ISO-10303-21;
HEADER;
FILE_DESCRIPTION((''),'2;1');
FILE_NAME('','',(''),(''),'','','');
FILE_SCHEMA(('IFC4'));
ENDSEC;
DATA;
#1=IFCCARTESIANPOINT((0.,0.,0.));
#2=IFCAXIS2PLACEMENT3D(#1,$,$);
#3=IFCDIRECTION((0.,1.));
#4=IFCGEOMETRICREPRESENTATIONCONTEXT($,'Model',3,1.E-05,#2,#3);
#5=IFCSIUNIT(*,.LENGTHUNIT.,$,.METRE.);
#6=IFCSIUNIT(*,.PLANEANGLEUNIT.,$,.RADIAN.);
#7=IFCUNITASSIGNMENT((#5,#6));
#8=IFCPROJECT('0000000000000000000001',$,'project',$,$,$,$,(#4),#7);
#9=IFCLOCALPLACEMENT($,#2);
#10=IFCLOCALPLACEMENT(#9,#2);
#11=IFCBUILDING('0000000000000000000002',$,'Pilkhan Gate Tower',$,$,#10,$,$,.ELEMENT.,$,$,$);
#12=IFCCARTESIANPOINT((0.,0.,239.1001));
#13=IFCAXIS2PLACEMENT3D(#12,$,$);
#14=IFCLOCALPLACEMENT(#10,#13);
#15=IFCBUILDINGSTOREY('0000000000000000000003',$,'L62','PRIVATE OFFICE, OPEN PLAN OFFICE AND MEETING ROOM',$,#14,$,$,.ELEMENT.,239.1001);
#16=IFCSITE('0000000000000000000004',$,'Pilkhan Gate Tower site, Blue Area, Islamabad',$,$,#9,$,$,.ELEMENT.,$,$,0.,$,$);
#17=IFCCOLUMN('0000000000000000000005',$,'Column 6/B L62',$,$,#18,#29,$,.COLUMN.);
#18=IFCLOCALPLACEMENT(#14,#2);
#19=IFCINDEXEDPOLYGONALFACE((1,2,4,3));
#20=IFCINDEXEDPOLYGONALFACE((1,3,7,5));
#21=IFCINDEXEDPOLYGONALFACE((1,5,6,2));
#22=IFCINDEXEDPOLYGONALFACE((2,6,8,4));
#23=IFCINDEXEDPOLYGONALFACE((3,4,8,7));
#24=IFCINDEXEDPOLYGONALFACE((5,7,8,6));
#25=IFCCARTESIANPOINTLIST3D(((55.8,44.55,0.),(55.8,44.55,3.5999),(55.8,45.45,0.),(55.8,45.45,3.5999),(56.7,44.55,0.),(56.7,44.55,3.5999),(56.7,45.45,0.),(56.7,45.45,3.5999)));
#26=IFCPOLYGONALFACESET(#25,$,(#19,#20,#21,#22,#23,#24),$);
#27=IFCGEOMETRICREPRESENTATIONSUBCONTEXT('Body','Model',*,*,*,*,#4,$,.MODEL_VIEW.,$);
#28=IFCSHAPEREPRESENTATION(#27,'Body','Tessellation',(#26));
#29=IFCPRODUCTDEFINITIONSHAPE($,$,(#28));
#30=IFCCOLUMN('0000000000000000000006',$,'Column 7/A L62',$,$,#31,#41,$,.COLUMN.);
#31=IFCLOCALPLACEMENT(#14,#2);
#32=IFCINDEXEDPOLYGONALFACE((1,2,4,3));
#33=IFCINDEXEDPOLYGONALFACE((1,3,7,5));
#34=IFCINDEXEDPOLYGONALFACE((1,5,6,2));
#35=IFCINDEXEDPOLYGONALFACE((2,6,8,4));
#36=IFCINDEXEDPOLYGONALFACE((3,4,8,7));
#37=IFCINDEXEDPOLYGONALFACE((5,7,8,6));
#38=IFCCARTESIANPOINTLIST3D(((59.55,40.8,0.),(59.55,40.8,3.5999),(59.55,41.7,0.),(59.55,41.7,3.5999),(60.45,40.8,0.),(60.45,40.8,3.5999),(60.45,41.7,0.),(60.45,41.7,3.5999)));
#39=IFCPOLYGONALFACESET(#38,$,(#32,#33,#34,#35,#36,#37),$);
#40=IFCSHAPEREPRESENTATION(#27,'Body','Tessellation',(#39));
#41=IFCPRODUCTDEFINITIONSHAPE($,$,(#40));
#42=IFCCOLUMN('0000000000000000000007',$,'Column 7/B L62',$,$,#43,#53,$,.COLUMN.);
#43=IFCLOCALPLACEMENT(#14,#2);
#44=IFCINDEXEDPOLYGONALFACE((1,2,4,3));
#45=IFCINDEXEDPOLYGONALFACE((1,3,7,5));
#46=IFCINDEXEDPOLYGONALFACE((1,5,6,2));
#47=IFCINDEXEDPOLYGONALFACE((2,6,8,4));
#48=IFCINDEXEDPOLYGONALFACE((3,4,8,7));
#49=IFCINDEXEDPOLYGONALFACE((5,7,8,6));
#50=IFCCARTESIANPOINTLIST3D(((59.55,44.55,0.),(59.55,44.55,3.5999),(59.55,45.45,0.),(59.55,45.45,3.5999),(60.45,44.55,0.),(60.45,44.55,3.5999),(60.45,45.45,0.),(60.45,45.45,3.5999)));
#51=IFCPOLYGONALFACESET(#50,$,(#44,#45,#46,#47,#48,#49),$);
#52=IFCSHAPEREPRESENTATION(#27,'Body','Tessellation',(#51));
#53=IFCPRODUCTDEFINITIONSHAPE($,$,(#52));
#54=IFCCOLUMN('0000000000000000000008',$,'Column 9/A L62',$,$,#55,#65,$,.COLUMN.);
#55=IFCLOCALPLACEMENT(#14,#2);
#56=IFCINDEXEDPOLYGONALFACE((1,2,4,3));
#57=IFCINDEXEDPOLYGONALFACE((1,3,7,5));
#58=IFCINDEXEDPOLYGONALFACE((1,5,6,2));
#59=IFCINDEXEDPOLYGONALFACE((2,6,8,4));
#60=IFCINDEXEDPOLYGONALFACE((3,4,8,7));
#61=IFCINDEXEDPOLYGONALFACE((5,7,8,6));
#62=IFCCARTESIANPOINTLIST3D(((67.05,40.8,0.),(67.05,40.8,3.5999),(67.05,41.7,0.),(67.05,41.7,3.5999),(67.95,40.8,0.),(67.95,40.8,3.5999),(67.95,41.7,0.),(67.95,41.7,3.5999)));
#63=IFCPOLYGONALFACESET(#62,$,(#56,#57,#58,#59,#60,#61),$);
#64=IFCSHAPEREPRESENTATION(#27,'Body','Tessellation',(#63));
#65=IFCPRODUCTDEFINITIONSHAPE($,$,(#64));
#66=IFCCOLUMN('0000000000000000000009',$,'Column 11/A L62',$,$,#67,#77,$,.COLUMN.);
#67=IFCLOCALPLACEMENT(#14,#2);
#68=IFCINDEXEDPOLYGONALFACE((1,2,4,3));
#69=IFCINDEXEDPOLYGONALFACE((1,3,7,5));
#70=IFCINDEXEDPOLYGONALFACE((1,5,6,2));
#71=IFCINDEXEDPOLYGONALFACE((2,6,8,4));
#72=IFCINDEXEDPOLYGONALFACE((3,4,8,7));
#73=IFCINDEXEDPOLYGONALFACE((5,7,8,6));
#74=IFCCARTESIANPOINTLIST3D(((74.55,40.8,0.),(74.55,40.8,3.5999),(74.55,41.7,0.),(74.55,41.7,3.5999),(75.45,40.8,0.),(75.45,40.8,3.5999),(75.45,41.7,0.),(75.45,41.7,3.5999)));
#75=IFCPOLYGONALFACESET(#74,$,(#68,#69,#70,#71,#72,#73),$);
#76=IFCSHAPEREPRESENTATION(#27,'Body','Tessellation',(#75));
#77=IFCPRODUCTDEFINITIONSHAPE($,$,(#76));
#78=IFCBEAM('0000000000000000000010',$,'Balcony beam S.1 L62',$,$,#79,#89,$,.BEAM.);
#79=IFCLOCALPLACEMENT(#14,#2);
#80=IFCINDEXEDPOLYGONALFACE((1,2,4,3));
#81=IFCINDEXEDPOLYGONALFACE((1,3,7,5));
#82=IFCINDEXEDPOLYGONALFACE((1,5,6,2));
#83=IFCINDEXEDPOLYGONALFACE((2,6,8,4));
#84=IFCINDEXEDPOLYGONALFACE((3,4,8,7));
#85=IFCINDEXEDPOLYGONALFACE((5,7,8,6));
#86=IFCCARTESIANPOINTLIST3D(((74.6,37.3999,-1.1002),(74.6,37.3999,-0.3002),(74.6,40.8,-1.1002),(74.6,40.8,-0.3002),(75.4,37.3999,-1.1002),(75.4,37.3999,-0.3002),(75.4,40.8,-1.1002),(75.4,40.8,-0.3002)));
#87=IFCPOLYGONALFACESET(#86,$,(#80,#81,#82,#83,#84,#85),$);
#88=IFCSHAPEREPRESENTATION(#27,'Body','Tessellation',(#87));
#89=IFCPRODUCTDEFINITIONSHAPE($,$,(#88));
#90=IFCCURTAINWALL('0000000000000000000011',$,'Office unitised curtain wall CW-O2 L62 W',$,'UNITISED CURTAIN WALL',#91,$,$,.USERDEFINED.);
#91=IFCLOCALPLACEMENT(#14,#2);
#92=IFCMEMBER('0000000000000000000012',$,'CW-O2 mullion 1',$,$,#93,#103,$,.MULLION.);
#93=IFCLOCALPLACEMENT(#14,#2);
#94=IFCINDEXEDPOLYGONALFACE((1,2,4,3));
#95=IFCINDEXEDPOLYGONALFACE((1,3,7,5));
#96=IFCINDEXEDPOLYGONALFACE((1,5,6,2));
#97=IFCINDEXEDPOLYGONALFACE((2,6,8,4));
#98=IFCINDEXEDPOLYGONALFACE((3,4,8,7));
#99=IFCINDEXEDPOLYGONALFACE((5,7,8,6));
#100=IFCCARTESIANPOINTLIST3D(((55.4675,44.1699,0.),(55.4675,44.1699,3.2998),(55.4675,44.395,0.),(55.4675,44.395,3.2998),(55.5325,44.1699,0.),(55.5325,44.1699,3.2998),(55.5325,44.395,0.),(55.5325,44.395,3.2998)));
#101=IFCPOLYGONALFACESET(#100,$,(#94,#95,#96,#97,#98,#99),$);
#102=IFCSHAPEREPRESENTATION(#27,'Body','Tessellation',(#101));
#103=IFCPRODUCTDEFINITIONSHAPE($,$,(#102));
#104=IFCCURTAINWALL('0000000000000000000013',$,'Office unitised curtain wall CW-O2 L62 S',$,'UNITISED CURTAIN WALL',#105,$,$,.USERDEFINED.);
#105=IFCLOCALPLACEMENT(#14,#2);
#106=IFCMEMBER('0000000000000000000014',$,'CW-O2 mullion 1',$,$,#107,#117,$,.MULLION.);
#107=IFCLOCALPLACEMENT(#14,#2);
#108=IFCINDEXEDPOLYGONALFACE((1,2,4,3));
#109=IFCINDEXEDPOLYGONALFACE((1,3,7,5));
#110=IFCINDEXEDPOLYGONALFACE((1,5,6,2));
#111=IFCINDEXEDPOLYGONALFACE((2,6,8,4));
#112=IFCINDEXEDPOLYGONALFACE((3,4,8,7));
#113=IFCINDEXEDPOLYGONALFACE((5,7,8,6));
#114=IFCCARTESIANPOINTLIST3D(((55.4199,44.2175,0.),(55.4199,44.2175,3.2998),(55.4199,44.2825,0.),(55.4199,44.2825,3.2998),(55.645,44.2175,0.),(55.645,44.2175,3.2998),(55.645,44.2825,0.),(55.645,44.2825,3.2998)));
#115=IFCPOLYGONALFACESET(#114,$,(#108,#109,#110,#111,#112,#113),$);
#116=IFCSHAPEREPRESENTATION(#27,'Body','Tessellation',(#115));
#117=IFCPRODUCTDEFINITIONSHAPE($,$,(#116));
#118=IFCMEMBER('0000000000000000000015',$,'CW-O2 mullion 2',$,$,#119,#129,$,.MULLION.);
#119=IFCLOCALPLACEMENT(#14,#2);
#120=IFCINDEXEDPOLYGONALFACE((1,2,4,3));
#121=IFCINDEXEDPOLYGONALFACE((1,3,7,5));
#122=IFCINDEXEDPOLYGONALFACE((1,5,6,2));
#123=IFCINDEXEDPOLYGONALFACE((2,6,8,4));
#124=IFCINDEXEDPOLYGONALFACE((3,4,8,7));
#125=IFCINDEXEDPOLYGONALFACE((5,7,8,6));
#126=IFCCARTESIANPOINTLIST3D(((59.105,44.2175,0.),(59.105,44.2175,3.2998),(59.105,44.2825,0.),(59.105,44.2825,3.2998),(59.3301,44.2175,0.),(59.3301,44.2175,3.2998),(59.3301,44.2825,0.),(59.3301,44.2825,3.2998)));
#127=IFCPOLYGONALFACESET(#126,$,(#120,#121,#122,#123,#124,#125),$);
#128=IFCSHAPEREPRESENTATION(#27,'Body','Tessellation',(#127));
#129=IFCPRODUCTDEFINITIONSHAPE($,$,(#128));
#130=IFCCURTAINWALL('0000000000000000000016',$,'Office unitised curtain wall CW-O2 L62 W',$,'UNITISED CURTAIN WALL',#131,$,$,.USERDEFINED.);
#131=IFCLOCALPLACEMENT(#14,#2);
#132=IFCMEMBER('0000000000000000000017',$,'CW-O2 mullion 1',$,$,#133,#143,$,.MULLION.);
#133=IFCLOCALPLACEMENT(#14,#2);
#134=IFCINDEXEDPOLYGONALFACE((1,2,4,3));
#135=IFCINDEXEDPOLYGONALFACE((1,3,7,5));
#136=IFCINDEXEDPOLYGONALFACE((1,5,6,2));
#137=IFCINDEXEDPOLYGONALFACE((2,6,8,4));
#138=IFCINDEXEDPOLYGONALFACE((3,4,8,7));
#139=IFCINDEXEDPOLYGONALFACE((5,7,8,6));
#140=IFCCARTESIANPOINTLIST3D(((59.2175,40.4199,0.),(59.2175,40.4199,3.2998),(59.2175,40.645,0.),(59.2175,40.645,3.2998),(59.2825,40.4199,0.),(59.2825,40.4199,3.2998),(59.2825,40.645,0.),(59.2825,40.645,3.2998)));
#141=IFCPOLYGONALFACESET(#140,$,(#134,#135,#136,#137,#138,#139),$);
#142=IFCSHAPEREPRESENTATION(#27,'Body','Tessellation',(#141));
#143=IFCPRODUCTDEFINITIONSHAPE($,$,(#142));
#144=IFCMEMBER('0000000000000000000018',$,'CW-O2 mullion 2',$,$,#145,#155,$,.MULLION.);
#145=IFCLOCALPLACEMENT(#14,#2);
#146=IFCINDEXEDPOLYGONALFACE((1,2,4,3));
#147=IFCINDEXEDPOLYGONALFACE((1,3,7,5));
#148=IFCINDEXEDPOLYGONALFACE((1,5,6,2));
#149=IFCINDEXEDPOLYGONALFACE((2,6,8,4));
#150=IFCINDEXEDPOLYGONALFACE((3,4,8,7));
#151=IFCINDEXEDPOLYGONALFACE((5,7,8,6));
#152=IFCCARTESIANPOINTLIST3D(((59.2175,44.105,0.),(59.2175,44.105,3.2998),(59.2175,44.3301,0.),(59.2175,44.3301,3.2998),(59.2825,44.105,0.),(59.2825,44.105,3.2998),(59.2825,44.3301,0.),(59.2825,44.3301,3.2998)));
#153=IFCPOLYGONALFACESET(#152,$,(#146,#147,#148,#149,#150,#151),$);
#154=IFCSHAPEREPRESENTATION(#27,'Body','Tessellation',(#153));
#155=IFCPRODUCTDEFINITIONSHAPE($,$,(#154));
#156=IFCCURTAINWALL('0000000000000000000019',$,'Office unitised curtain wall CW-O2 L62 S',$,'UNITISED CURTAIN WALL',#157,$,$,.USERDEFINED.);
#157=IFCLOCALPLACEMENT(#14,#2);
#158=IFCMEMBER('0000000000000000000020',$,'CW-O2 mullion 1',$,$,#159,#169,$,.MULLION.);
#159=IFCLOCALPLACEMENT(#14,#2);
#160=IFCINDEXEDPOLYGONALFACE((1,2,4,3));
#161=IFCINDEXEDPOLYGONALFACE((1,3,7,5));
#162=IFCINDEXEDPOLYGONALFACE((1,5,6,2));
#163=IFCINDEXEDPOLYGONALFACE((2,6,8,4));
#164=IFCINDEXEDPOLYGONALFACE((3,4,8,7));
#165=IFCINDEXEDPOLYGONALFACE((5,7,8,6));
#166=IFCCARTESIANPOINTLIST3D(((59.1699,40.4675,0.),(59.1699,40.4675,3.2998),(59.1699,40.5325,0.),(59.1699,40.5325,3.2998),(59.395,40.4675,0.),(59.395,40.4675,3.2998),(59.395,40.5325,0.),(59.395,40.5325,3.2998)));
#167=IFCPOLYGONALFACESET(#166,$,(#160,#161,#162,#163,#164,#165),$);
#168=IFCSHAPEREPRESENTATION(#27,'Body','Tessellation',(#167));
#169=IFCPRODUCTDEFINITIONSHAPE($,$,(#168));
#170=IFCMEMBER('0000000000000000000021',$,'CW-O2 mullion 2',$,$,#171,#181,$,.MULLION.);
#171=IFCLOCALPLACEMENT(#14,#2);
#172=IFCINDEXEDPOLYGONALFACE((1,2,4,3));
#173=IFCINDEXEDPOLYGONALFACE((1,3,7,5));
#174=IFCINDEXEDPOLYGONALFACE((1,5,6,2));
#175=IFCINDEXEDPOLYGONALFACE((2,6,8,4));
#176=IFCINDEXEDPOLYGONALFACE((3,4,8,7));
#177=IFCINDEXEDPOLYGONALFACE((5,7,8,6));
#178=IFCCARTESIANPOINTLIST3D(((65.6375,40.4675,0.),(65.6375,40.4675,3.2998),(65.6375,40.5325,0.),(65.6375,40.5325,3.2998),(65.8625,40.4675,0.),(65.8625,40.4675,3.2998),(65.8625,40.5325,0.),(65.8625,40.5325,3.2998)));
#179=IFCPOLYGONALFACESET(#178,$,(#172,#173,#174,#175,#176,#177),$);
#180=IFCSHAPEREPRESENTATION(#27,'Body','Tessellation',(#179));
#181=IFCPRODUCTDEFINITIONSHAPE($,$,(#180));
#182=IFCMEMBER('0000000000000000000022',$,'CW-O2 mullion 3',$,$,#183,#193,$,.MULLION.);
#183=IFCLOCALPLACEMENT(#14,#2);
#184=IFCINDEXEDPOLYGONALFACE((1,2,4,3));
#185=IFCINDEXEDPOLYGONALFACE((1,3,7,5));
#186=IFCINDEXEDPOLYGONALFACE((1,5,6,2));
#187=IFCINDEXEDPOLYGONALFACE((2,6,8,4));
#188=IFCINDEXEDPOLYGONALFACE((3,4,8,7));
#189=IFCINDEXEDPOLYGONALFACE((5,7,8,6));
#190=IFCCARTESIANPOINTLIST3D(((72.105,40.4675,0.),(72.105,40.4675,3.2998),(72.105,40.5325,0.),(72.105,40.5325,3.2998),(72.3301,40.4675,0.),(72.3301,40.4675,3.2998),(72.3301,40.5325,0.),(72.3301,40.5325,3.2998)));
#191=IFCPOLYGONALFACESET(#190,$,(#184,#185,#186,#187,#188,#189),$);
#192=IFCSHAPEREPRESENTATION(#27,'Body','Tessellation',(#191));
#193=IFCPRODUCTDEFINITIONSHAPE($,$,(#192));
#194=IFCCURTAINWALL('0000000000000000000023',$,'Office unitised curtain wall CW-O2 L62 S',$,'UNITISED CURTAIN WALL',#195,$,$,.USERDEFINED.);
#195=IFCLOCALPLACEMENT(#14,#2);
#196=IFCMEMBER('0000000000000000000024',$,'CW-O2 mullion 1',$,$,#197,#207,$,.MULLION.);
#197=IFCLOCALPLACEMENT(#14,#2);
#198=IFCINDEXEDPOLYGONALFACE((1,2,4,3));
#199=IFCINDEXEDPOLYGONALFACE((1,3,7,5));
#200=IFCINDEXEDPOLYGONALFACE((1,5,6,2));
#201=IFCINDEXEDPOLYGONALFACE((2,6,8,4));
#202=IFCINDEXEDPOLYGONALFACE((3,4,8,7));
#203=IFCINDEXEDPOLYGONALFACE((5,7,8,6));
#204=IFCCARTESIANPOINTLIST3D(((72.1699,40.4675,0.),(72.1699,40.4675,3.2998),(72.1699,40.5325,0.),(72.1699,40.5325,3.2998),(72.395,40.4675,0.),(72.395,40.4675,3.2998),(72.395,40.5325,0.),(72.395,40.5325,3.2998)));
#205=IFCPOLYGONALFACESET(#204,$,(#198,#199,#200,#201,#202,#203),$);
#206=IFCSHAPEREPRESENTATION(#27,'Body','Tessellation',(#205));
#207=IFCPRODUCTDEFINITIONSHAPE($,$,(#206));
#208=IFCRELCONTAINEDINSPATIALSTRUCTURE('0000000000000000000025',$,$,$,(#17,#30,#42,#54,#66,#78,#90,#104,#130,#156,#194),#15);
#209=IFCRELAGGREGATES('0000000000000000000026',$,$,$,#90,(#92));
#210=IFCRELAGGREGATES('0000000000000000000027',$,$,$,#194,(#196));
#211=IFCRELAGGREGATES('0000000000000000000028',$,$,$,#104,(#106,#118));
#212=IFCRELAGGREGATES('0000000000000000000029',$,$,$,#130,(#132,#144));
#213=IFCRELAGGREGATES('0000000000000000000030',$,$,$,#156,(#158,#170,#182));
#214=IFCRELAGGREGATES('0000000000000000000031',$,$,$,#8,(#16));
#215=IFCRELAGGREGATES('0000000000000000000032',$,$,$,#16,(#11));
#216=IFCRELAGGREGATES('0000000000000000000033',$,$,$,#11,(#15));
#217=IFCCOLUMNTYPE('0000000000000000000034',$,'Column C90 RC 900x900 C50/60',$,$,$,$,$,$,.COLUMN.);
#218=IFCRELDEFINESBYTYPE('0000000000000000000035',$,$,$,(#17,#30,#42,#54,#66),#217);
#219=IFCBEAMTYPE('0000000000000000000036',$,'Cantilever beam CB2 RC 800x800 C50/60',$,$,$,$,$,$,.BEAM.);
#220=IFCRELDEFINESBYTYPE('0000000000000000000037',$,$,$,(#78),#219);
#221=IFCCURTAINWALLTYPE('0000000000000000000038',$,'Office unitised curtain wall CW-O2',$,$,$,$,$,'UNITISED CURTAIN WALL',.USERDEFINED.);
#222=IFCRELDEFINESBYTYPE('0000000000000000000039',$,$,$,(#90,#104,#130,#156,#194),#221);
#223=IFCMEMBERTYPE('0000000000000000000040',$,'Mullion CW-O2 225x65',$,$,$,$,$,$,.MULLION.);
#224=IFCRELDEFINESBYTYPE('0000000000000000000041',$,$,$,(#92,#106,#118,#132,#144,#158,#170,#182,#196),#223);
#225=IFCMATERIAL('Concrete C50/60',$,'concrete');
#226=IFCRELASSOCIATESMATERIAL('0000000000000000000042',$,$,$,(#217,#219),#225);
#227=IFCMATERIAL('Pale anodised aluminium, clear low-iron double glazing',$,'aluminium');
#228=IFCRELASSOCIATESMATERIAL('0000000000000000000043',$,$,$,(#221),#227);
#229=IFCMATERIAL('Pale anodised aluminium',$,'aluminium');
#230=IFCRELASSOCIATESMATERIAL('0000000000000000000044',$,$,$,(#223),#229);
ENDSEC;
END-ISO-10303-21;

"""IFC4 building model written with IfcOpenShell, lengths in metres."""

from ifc_helpers import new_model, si_unit, direction, frame, origin, origin_2d, place, context, subcontext, project, spatial, rectangle, extrude, material, material_profile, profile_set, type_object, element, aggregate, save


model = new_model("IFC4")

# Units and contexts
model_context = context("Model", 3, precision=1e-05, world=origin(), true_north=direction((0.0, 1.0)))
body_context = subcontext(model_context, "Body", "Model", "MODEL_VIEW")
ifc_project = project(units=[si_unit("LENGTHUNIT", "METRE"), si_unit("PLANEANGLEUNIT", "RADIAN")], contexts=[model_context])

# Site, building, storey
site_placement = place(None, origin())
site = spatial("IfcSite", under=ifc_project, at=site_placement, Name="Pilkhan Gate Tower site, Blue Area, Islamabad", CompositionType="ELEMENT", RefElevation=0.0)
building_placement = place(site_placement, origin())
building = spatial("IfcBuilding", under=site, at=building_placement, Name="Pilkhan Gate Tower", CompositionType="ELEMENT")
storey_placement = place(building_placement, frame((0.0, 0.0, 239.1001)))
storey = spatial("IfcBuildingStorey", under=building, at=storey_placement, Name="L62", Description="PRIVATE OFFICE, OPEN PLAN OFFICE AND MEETING ROOM", CompositionType="ELEMENT", Elevation=239.1001)

# Columns
ifc_material_1 = material(Name="Concrete C50/60", Category="concrete")
ifc_material_profile_1 = material_profile(ifc_material_1, rectangle(XDim=0.8999, YDim=0.8999, at=origin_2d()), Name="RC 900x900")
ifc_profile_set_1 = profile_set([ifc_material_profile_1], Name="Concrete C50/60")
column_type = type_object("IfcColumnType", Name="Column C90 RC 900x900 C50/60", PredefinedType="COLUMN", material=ifc_profile_set_1)
for number, where, z_axis, x_axis, name in (
    (1, (56.25, 45.0, 0.0), (0.0, 0.0, 1.0), (1.0, 0.0, 0.0), "Column 6/B L62"),
    (2, (60.0, 41.25, 0.0), (0.0, 0.0, 1.0), (1.0, 0.0, 0.0), "Column 7/A L62"),
    (3, (60.0, 45.0, 0.0), (0.0, 0.0, 1.0), (1.0, 0.0, 0.0), "Column 7/B L62"),
    (4, (67.5, 41.25, 0.0), (0.0, 0.0, 1.0), (1.0, 0.0, 0.0), "Column 9/A L62"),
    (5, (75.0, 41.25, 0.0), (0.0, 0.0, 1.0), (1.0, 0.0, 0.0), "Column 11/A L62"),
):
    element("IfcColumn", number, at=place(storey_placement, frame(where, z_axis=z_axis, x_axis=x_axis)), inside=storey, type_object=column_type, Name=name, PredefinedType="COLUMN", context=body_context, shape_type="SweptSolid", body=[
        extrude(rectangle(XDim=0.8999, YDim=0.8999, at=origin_2d()), origin(), (0.0, 0.0, 1.0), 3.5999),
    ])

# Beam
ifc_material_profile_2 = material_profile(ifc_material_1, rectangle(XDim=0.8, YDim=0.8, at=origin_2d()), Name="RC 800x800")
ifc_profile_set_2 = profile_set([ifc_material_profile_2], Name="Concrete C50/60")
beam_type = type_object("IfcBeamType", Name="Cantilever beam CB2 RC 800x800 C50/60", PredefinedType="BEAM", material=ifc_profile_set_2)
beam_placement = place(storey_placement, frame((75.0, 40.8, -0.7002), z_axis=(0.0, -1.0, 0.0), x_axis=(1.0, 0.0, 0.0)))
element("IfcBeam", 6, at=beam_placement, inside=storey, type_object=beam_type, Name="Balcony beam S.1 L62", PredefinedType="BEAM", context=body_context, shape_type="SweptSolid", body=[
    extrude(rectangle(XDim=0.8, YDim=0.8, at=origin_2d()), origin(), (0.0, 0.0, 1.0), 3.4001),
])

# Curtain wall, member
ifc_material_2 = material(Name="Pale anodised aluminium, clear low-iron double glazing", Category="aluminium")
curtain_wall_type = type_object("IfcCurtainWallType", Name="Office unitised curtain wall CW-O2", ElementType="UNITISED CURTAIN WALL", PredefinedType="USERDEFINED", material=ifc_material_2)
curtain_wall_1_placement = place(storey_placement, origin())
curtain_wall_1 = element("IfcCurtainWall", 7, at=curtain_wall_1_placement, inside=storey, type_object=curtain_wall_type, Name="Office unitised curtain wall CW-O2 L62 W", ObjectType="UNITISED CURTAIN WALL", PredefinedType="USERDEFINED")
ifc_material_3 = material(Name="Pale anodised aluminium", Category="aluminium")
ifc_material_profile_3 = material_profile(ifc_material_3, rectangle(XDim=0.0649, YDim=0.2251, at=origin_2d()), Name="Mullion 225x65")
ifc_profile_set_3 = profile_set([ifc_material_profile_3], Name="Pale anodised aluminium")
member_type_1 = type_object("IfcMemberType", Name="Mullion CW-O2 225x65", PredefinedType="MULLION", material=ifc_profile_set_3)
member_1_placement = place(storey_placement, frame((55.5, 44.2825, 0.0), z_axis=(0.0, 0.0, 1.0), x_axis=(-1.0, 0.0, 0.0)))
member_1 = element("IfcMember", 8, at=member_1_placement, type_object=member_type_1, Name="CW-O2 mullion 1", PredefinedType="MULLION", context=body_context, shape_type="SweptSolid", body=[
    extrude(rectangle(XDim=0.0649, YDim=0.2251, at=origin_2d()), origin(), (0.0, 0.0, 1.0), 3.2998),
])

# Curtain walls, members
curtain_wall_2_placement = place(storey_placement, origin())
curtain_wall_2 = element("IfcCurtainWall", 9, at=curtain_wall_2_placement, inside=storey, type_object=curtain_wall_type, Name="Office unitised curtain wall CW-O2 L62 S", ObjectType="UNITISED CURTAIN WALL", PredefinedType="USERDEFINED")
member_2_placement = place(storey_placement, frame((55.5325, 44.25, 0.0), z_axis=(0.0, 0.0, 1.0), x_axis=(0.0, 1.0, 0.0)))
member_2 = element("IfcMember", 10, at=member_2_placement, type_object=member_type_1, Name="CW-O2 mullion 1", PredefinedType="MULLION", context=body_context, shape_type="SweptSolid", body=[
    extrude(rectangle(XDim=0.0649, YDim=0.2251, at=origin_2d()), origin(), (0.0, 0.0, 1.0), 3.2998),
])
member_3_placement = place(storey_placement, frame((59.2175, 44.25, 0.0), z_axis=(0.0, 0.0, 1.0), x_axis=(0.0, 1.0, 0.0)))
member_3 = element("IfcMember", 11, at=member_3_placement, type_object=member_type_1, Name="CW-O2 mullion 2", PredefinedType="MULLION", context=body_context, shape_type="SweptSolid", body=[
    extrude(rectangle(XDim=0.0649, YDim=0.2251, at=origin_2d()), origin(), (0.0, 0.0, 1.0), 3.2998),
])
curtain_wall_3_placement = place(storey_placement, origin())
curtain_wall_3 = element("IfcCurtainWall", 12, at=curtain_wall_3_placement, inside=storey, type_object=curtain_wall_type, Name="Office unitised curtain wall CW-O2 L62 W", ObjectType="UNITISED CURTAIN WALL", PredefinedType="USERDEFINED")
member_4_placement = place(storey_placement, frame((59.25, 40.5325, 0.0), z_axis=(0.0, 0.0, 1.0), x_axis=(-1.0, 0.0, 0.0)))
member_4 = element("IfcMember", 13, at=member_4_placement, type_object=member_type_1, Name="CW-O2 mullion 1", PredefinedType="MULLION", context=body_context, shape_type="SweptSolid", body=[
    extrude(rectangle(XDim=0.0649, YDim=0.2251, at=origin_2d()), origin(), (0.0, 0.0, 1.0), 3.2998),
])
member_5_placement = place(storey_placement, frame((59.25, 44.2175, 0.0), z_axis=(0.0, 0.0, 1.0), x_axis=(-1.0, 0.0, 0.0)))
member_5 = element("IfcMember", 14, at=member_5_placement, type_object=member_type_1, Name="CW-O2 mullion 2", PredefinedType="MULLION", context=body_context, shape_type="SweptSolid", body=[
    extrude(rectangle(XDim=0.0649, YDim=0.2251, at=origin_2d()), origin(), (0.0, 0.0, 1.0), 3.2998),
])
curtain_wall_4_placement = place(storey_placement, origin())
curtain_wall_4 = element("IfcCurtainWall", 15, at=curtain_wall_4_placement, inside=storey, type_object=curtain_wall_type, Name="Office unitised curtain wall CW-O2 L62 S", ObjectType="UNITISED CURTAIN WALL", PredefinedType="USERDEFINED")
member_6_placement = place(storey_placement, frame((59.2825, 40.5, 0.0), z_axis=(0.0, 0.0, 1.0), x_axis=(0.0, 1.0, 0.0)))
member_6 = element("IfcMember", 16, at=member_6_placement, type_object=member_type_1, Name="CW-O2 mullion 1", PredefinedType="MULLION", context=body_context, shape_type="SweptSolid", body=[
    extrude(rectangle(XDim=0.0649, YDim=0.2251, at=origin_2d()), origin(), (0.0, 0.0, 1.0), 3.2998),
])
member_7_placement = place(storey_placement, frame((65.75, 40.5, 0.0), z_axis=(0.0, 0.0, 1.0), x_axis=(0.0, 1.0, 0.0)))
member_7 = element("IfcMember", 17, at=member_7_placement, type_object=member_type_1, Name="CW-O2 mullion 2", PredefinedType="MULLION", context=body_context, shape_type="SweptSolid", body=[
    extrude(rectangle(XDim=0.0649, YDim=0.2251, at=origin_2d()), origin(), (0.0, 0.0, 1.0), 3.2998),
])
member_8_placement = place(storey_placement, frame((72.2175, 40.5, 0.0), z_axis=(0.0, 0.0, 1.0), x_axis=(0.0, 1.0, 0.0)))
member_8 = element("IfcMember", 18, at=member_8_placement, type_object=member_type_1, Name="CW-O2 mullion 3", PredefinedType="MULLION", context=body_context, shape_type="SweptSolid", body=[
    extrude(rectangle(XDim=0.0649, YDim=0.2251, at=origin_2d()), origin(), (0.0, 0.0, 1.0), 3.2998),
])

# Curtain wall, member
curtain_wall_5_placement = place(storey_placement, origin())
curtain_wall_5 = element("IfcCurtainWall", 19, at=curtain_wall_5_placement, inside=storey, type_object=curtain_wall_type, Name="Office unitised curtain wall CW-O2 L62 S", ObjectType="UNITISED CURTAIN WALL", PredefinedType="USERDEFINED")
member_9_placement = place(storey_placement, frame((72.2825, 40.5, 0.0), z_axis=(0.0, 0.0, 1.0), x_axis=(0.0, 1.0, 0.0)))
member_9 = element("IfcMember", 20, at=member_9_placement, type_object=member_type_1, Name="CW-O2 mullion 1", PredefinedType="MULLION", context=body_context, shape_type="SweptSolid", body=[
    extrude(rectangle(XDim=0.0649, YDim=0.2251, at=origin_2d()), origin(), (0.0, 0.0, 1.0), 3.2998),
])

aggregate(curtain_wall_1, [member_1])
aggregate(curtain_wall_5, [member_9])

aggregate(curtain_wall_2, [member_2, member_3])
aggregate(curtain_wall_3, [member_4, member_5])
aggregate(curtain_wall_4, [member_6, member_7, member_8])

save(model, "model.ifc")
